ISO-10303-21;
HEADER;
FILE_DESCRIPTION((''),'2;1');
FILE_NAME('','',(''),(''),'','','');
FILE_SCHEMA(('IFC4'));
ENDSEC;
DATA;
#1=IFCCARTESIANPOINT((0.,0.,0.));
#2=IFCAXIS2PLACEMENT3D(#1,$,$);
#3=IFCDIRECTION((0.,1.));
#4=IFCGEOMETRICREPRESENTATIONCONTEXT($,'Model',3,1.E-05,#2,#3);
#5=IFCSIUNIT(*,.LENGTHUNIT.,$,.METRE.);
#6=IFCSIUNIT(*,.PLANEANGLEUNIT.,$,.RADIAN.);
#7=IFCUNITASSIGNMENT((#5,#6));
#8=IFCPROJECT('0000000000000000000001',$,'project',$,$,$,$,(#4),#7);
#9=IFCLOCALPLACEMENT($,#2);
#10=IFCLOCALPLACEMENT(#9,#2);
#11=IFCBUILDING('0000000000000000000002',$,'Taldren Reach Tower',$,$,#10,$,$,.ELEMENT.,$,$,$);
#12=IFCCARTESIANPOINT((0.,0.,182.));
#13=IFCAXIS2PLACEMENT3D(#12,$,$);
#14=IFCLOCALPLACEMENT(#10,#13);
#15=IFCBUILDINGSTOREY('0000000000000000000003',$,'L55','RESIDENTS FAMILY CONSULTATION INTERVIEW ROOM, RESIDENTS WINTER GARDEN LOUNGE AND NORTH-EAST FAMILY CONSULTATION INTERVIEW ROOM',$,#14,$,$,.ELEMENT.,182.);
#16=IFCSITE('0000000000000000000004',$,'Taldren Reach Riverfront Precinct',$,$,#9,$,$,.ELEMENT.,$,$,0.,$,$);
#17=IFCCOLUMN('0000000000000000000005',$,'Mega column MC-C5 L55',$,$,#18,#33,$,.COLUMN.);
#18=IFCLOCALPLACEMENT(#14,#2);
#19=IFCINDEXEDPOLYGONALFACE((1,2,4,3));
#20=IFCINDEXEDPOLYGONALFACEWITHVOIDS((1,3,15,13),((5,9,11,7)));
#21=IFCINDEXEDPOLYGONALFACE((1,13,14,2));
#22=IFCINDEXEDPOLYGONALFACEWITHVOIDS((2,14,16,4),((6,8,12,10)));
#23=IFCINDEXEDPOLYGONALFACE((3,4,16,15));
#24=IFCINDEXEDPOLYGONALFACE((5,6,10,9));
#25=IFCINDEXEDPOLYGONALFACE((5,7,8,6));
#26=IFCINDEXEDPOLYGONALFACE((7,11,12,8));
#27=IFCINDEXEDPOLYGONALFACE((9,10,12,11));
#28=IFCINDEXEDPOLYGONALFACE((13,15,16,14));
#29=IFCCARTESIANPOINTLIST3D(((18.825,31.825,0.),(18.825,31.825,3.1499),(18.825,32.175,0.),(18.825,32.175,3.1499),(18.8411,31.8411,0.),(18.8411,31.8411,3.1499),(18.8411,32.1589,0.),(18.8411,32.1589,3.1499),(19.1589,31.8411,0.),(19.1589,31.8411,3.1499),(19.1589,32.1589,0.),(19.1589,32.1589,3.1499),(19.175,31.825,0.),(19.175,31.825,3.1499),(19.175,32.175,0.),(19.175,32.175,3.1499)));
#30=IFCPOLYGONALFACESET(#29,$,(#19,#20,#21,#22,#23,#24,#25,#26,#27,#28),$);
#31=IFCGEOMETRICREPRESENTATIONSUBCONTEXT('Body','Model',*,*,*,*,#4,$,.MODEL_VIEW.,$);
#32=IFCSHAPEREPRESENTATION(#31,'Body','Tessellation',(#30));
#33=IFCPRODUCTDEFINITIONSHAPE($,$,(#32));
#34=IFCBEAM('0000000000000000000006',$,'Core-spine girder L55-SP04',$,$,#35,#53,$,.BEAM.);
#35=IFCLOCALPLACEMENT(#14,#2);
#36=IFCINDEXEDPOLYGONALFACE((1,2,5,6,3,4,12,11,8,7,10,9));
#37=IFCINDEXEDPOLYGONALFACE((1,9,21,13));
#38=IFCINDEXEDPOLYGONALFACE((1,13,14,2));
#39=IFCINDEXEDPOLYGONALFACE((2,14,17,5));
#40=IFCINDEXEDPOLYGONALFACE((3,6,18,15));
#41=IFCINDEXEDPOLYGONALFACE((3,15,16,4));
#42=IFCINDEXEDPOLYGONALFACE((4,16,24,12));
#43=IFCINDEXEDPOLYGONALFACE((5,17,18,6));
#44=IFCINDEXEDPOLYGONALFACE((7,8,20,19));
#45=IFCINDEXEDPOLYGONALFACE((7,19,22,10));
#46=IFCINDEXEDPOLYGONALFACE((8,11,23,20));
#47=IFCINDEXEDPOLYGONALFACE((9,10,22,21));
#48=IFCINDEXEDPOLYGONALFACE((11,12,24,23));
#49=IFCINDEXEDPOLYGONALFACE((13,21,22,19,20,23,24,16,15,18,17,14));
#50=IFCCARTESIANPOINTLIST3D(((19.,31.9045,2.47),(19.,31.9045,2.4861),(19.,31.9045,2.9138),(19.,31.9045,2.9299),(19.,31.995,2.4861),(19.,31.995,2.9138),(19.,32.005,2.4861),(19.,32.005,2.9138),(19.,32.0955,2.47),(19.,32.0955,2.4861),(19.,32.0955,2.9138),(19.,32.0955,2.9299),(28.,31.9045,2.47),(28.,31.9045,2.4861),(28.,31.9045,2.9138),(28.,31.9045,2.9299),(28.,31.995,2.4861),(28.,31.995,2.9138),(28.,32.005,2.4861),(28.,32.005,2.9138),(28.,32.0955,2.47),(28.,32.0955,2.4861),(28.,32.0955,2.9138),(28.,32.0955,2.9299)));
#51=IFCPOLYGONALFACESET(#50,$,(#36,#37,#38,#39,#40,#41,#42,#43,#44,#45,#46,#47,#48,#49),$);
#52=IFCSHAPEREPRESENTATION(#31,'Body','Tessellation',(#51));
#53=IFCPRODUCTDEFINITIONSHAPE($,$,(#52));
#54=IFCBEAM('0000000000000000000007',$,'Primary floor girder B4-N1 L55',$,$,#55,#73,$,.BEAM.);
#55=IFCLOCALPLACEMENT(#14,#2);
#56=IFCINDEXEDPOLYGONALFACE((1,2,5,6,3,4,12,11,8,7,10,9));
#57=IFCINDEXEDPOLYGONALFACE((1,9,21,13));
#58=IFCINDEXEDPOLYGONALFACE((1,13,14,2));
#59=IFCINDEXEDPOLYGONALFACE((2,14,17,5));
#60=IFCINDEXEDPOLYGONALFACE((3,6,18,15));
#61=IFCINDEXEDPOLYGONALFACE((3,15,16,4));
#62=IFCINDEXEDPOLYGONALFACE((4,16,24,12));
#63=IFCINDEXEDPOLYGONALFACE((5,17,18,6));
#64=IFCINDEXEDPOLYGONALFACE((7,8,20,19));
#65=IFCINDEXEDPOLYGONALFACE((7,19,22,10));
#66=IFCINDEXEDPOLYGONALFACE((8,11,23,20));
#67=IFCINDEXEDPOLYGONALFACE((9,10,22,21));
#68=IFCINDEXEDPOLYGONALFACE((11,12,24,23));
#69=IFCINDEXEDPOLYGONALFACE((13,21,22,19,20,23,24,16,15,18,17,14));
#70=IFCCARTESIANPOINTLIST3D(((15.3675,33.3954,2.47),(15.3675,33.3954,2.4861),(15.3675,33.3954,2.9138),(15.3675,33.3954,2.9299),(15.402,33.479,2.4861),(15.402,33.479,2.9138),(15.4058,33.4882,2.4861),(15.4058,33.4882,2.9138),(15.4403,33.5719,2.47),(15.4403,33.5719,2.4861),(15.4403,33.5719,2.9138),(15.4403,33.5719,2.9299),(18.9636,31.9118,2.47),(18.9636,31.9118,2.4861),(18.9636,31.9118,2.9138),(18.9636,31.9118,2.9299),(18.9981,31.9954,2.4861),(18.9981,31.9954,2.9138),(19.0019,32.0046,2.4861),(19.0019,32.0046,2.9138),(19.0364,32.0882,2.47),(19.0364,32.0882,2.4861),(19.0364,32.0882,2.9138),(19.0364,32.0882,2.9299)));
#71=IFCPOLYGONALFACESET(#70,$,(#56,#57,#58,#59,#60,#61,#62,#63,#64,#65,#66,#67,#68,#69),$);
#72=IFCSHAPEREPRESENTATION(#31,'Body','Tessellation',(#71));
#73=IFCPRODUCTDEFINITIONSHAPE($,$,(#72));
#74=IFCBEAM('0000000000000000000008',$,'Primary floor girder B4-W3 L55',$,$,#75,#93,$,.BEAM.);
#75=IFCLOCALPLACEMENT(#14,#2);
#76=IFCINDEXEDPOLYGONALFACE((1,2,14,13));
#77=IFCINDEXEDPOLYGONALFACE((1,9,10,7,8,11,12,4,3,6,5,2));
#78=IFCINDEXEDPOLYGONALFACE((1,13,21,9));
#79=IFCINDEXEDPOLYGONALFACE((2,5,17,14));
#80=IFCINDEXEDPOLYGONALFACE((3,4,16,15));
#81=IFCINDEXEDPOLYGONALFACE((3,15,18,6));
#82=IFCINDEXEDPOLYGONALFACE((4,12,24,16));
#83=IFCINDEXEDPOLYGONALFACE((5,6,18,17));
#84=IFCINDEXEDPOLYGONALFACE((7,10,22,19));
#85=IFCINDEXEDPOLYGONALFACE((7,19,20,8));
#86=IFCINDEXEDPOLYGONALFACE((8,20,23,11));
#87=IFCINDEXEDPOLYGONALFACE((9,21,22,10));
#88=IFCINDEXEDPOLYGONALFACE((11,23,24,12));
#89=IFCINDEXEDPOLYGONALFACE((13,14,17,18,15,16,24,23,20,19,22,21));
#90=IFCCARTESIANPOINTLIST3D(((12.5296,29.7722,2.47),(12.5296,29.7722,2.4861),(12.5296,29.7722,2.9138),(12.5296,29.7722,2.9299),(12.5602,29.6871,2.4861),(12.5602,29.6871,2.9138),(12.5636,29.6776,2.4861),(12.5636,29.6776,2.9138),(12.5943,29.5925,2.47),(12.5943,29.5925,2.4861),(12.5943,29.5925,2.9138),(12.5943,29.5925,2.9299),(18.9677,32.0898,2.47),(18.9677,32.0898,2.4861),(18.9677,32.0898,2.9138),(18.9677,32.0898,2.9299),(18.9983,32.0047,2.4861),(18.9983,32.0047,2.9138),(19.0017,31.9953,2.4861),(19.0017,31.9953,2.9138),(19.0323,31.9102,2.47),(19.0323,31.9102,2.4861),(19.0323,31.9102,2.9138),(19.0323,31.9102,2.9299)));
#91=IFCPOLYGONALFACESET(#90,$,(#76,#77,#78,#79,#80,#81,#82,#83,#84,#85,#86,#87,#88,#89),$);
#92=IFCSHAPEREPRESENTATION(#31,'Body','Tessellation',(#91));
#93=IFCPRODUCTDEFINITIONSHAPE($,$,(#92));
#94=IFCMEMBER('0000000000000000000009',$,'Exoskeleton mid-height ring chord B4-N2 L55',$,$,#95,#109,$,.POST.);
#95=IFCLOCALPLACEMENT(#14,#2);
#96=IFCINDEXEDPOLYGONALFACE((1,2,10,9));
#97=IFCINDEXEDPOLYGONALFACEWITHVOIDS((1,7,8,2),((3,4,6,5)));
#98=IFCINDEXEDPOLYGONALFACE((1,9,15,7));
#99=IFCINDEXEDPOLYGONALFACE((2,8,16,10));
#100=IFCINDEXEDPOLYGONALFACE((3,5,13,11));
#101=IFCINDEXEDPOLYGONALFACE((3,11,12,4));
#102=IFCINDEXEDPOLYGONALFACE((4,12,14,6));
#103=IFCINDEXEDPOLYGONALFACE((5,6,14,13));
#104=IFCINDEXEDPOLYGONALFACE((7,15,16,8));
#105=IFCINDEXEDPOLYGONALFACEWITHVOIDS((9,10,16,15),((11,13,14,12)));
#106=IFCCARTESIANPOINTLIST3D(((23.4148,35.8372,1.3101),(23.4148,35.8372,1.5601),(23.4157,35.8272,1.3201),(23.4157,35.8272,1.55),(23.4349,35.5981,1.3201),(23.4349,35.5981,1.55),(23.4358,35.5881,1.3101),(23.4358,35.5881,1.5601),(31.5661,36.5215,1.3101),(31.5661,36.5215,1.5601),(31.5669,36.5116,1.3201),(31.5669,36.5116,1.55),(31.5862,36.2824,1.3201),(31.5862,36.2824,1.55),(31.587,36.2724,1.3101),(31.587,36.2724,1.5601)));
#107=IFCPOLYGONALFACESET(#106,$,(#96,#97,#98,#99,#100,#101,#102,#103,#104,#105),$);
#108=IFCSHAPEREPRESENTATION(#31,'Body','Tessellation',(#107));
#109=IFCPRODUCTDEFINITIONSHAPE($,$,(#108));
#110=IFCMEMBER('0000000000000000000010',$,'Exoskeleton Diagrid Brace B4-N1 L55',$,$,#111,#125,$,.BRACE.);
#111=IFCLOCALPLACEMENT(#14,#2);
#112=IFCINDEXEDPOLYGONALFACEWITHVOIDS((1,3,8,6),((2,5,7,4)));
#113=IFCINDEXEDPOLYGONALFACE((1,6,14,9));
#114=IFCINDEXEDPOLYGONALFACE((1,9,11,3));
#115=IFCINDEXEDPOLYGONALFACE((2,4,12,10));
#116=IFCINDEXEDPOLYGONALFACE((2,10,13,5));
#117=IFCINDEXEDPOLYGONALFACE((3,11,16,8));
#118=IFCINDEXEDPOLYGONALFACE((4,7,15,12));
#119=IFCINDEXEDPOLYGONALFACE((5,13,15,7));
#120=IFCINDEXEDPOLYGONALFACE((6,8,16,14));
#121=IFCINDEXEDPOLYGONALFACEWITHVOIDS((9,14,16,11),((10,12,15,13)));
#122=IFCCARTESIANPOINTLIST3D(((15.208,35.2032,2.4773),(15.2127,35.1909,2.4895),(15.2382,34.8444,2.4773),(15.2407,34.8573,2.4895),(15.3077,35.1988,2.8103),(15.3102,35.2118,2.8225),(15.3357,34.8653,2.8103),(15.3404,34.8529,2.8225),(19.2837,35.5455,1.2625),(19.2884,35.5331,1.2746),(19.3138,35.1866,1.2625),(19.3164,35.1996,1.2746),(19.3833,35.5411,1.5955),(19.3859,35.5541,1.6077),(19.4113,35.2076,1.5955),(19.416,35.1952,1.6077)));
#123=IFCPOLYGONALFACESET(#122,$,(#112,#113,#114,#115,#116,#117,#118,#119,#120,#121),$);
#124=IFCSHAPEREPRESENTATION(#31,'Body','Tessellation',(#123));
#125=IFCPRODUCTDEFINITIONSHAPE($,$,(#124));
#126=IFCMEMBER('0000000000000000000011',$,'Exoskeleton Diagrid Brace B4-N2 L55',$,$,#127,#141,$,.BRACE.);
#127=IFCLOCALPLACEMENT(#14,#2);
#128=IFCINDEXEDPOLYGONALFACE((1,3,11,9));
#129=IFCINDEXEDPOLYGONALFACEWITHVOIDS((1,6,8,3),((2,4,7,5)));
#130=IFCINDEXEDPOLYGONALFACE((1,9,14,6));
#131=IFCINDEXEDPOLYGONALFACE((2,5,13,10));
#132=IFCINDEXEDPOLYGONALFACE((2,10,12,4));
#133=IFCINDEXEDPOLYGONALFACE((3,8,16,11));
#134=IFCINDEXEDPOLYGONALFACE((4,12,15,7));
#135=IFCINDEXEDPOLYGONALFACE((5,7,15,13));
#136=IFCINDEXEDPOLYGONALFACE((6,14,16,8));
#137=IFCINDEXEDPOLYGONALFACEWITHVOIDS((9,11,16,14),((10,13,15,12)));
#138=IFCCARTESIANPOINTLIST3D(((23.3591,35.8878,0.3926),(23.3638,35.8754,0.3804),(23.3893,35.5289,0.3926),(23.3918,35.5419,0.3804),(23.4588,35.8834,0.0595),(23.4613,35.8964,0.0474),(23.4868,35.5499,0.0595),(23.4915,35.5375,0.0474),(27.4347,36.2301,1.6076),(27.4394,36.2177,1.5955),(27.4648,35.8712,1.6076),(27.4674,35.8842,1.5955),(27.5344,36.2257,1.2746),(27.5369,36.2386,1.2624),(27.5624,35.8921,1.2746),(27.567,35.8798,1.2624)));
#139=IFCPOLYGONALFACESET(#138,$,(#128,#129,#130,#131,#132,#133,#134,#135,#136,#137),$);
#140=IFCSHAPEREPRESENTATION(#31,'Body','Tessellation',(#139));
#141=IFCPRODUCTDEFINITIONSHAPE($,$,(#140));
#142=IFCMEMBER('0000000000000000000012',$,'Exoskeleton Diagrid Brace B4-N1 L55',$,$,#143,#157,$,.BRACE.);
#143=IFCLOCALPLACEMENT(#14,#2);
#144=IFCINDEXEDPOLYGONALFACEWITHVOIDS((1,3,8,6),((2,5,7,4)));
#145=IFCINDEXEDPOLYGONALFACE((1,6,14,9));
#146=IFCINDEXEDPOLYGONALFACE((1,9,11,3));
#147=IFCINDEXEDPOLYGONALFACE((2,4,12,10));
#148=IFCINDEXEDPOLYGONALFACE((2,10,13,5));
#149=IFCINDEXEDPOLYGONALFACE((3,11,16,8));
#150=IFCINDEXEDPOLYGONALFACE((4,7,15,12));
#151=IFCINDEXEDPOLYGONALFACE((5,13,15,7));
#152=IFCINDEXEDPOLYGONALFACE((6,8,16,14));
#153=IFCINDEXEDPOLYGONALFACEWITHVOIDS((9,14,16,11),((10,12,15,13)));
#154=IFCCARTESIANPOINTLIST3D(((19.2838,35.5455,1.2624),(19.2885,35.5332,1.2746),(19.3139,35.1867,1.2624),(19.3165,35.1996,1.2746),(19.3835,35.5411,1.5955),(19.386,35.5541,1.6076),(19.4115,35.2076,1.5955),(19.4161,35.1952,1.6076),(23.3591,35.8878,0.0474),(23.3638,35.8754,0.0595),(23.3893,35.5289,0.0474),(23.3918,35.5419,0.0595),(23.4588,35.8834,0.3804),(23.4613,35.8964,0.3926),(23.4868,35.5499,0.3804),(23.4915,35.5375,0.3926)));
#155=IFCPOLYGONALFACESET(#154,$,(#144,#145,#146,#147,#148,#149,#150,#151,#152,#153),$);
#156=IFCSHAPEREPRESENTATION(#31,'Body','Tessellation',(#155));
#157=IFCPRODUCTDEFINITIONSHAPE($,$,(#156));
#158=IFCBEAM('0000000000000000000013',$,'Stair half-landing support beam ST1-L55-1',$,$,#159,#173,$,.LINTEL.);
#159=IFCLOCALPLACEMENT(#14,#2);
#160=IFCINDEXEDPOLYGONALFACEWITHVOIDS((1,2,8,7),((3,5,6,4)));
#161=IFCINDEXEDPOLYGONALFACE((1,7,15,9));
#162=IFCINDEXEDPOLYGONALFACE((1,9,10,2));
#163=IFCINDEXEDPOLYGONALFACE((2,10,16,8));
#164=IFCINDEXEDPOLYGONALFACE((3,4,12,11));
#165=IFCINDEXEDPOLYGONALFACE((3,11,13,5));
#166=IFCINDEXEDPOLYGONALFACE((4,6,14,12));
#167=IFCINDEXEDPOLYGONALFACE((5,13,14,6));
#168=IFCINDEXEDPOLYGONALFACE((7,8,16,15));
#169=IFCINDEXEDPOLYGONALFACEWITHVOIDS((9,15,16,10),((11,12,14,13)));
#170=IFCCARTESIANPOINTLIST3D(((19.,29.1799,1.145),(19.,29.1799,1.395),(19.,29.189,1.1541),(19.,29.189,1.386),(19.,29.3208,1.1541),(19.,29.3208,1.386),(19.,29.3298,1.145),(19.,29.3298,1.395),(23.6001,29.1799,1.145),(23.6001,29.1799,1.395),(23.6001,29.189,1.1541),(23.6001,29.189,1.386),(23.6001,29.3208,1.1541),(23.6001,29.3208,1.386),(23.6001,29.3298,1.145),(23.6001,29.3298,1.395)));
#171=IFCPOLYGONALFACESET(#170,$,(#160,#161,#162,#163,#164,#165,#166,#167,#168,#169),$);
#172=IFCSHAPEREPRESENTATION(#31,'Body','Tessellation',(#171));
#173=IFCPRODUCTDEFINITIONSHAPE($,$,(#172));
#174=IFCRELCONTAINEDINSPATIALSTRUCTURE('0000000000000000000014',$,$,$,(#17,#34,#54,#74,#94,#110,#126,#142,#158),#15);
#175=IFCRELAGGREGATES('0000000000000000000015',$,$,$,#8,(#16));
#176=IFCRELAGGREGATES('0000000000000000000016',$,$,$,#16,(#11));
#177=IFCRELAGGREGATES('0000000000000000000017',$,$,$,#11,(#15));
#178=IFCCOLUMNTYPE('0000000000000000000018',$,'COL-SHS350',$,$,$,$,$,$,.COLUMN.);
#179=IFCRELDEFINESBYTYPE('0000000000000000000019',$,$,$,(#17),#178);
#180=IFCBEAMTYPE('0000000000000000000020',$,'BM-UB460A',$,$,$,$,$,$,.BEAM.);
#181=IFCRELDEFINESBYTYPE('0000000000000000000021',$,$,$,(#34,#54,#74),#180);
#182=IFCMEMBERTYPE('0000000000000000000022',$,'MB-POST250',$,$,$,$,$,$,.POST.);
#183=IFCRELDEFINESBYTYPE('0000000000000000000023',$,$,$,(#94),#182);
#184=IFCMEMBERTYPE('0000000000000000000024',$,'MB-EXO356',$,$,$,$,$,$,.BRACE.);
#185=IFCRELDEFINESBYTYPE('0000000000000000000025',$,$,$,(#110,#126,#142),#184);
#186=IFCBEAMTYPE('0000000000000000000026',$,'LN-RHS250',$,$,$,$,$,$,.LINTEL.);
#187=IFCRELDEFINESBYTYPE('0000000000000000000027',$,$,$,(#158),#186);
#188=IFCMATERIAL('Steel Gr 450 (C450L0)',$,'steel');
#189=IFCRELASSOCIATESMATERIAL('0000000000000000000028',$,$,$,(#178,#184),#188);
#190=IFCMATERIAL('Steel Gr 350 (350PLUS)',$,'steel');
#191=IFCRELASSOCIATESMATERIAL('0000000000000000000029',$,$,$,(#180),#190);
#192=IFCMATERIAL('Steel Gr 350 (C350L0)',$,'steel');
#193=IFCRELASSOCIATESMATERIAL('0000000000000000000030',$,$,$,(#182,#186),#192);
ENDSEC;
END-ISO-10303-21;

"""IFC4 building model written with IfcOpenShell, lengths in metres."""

from ifc_helpers import new_model, si_unit, direction, frame, origin, origin_2d, place, context, subcontext, project, spatial, hollow_rectangle, i_section, extrude, source, transform, mapped, material, material_profile, profile_set, type_object, element, save


model = new_model("IFC4")

# Units and contexts
model_context = context("Model", 3, precision=1e-05, world=origin(), true_north=direction((0.0, 1.0)))
body_context = subcontext(model_context, "Body", "Model", "MODEL_VIEW")
ifc_project = project(units=[si_unit("LENGTHUNIT", "METRE"), si_unit("PLANEANGLEUNIT", "RADIAN")], contexts=[model_context])

# Site, building, storey
site_placement = place(None, origin())
site = spatial("IfcSite", under=ifc_project, at=site_placement, Name="Taldren Reach Riverfront Precinct", CompositionType="ELEMENT", RefElevation=0.0)
building_placement = place(site_placement, origin())
building = spatial("IfcBuilding", under=site, at=building_placement, Name="Taldren Reach Tower", CompositionType="ELEMENT")
storey_placement = place(building_placement, frame((0.0, 0.0, 182.0)))
storey = spatial("IfcBuildingStorey", under=building, at=storey_placement, Name="L55", Description="RESIDENTS FAMILY CONSULTATION INTERVIEW ROOM, RESIDENTS WINTER GARDEN LOUNGE AND NORTH-EAST FAMILY CONSULTATION INTERVIEW ROOM", CompositionType="ELEMENT", Elevation=182.0)

# Column
ifc_material_1 = material(Name="Steel Gr 450 (C450L0)", Category="steel")
ifc_material_profile_1 = material_profile(ifc_material_1, hollow_rectangle(XDim=0.3501, YDim=0.3501, WallThickness=0.0161, at=origin_2d()), Name="350x350x16.0SHS")
ifc_profile_set_1 = profile_set([ifc_material_profile_1], Name="Steel Gr 450 (C450L0)")
column_type = type_object("IfcColumnType", Name="COL-SHS350", PredefinedType="COLUMN", material=ifc_profile_set_1)
shared_shape_1 = source(origin(), body_context, "Body", "SweptSolid", [
    extrude(hollow_rectangle(XDim=0.3501, YDim=0.3501, WallThickness=0.0161, at=origin_2d()), origin(), (0.0, 0.0, 1.0), 3.1499),
])
column_placement = place(storey_placement, frame((19.0, 32.0, 0.0), z_axis=(0.0, 0.0, 1.0), x_axis=(1.0, 0.0, 0.0)))
element("IfcColumn", 1, at=column_placement, inside=storey, type_object=column_type, Name="Mega column MC-C5 L55", PredefinedType="COLUMN", context=body_context, shape_type="MappedRepresentation", body=[
    mapped(shared_shape_1, transform((0.0, 0.0, 0.0), scale=1.0)),
])

# Beams
ifc_material_2 = material(Name="Steel Gr 350 (350PLUS)", Category="steel")
ifc_material_profile_2 = material_profile(ifc_material_2, i_section(OverallWidth=0.1909, OverallDepth=0.46, WebThickness=0.01, FlangeThickness=0.0161, at=origin_2d()), Name="460UB82.1")
ifc_profile_set_2 = profile_set([ifc_material_profile_2], Name="Steel Gr 350 (350PLUS)")
beam_type_1 = type_object("IfcBeamType", Name="BM-UB460A", PredefinedType="BEAM", material=ifc_profile_set_2)
shared_shape_2 = source(origin(), body_context, "Body", "SweptSolid", [
    extrude(i_section(OverallWidth=0.1909, OverallDepth=0.46, WebThickness=0.01, FlangeThickness=0.0161, at=origin_2d()), origin(), (0.0, 0.0, 1.0), 9.0),
])
beam_1_placement = place(storey_placement, frame((19.0, 32.0, 2.7), z_axis=(1.0, 0.0, 0.0), x_axis=(0.0, 1.0, 0.0)))
element("IfcBeam", 2, at=beam_1_placement, inside=storey, type_object=beam_type_1, Name="Core-spine girder L55-SP04", PredefinedType="BEAM", context=body_context, shape_type="MappedRepresentation", body=[
    mapped(shared_shape_2, transform((0.0, 0.0, 0.0), scale=1.0)),
])
shared_shape_3 = source(origin(), body_context, "Body", "SweptSolid", [
    extrude(i_section(OverallWidth=0.1909, OverallDepth=0.46, WebThickness=0.01, FlangeThickness=0.0161, at=origin_2d()), origin(), (0.0, 0.0, 1.0), 3.8901),
])
beam_2_placement = place(storey_placement, frame((19.0, 32.0, 2.7), z_axis=(-0.924419, 0.381378, 0.0), x_axis=(-0.381378, -0.924419, 0.0)))
element("IfcBeam", 3, at=beam_2_placement, inside=storey, type_object=beam_type_1, Name="Primary floor girder B4-N1 L55", PredefinedType="BEAM", context=body_context, shape_type="MappedRepresentation", body=[
    mapped(shared_shape_3, transform((0.0, 0.0, 0.0), scale=1.0)),
])
shared_shape_4 = source(origin(), body_context, "Body", "SweptSolid", [
    extrude(i_section(OverallWidth=0.1909, OverallDepth=0.46, WebThickness=0.01, FlangeThickness=0.0161, at=origin_2d()), origin(), (0.0, 0.0, 1.0), 6.8425),
])
beam_3_placement = place(storey_placement, frame((19.0, 32.0, 2.7), z_axis=(-0.94089, -0.338713, 0.0), x_axis=(0.338713, -0.94089, 0.0)))
element("IfcBeam", 4, at=beam_3_placement, inside=storey, type_object=beam_type_1, Name="Primary floor girder B4-W3 L55", PredefinedType="BEAM", context=body_context, shape_type="MappedRepresentation", body=[
    mapped(shared_shape_4, transform((0.0, 0.0, 0.0), scale=1.0)),
])

# Members
ifc_material_3 = material(Name="Steel Gr 350 (C350L0)", Category="steel")
ifc_material_profile_3 = material_profile(ifc_material_3, hollow_rectangle(XDim=0.25, YDim=0.25, WallThickness=0.01, at=origin_2d()), Name="250x250x10.0SHS")
ifc_profile_set_3 = profile_set([ifc_material_profile_3], Name="Steel Gr 350 (C350L0)")
member_type_1 = type_object("IfcMemberType", Name="MB-POST250", PredefinedType="POST", material=ifc_profile_set_3)
shared_shape_5 = source(origin(), body_context, "Body", "SweptSolid", [
    extrude(hollow_rectangle(XDim=0.25, YDim=0.25, WallThickness=0.01, at=origin_2d()), origin(), (0.0, 0.0, 1.0), 8.1799),
])
member_1_placement = place(storey_placement, frame((23.4253, 35.7126, 1.4351), z_axis=(0.996495, 0.083658, 0.0), x_axis=(-0.083658, 0.996495, 0.0)))
element("IfcMember", 5, at=member_1_placement, inside=storey, type_object=member_type_1, Name="Exoskeleton mid-height ring chord B4-N2 L55", PredefinedType="POST", context=body_context, shape_type="MappedRepresentation", body=[
    mapped(shared_shape_5, transform((0.0, 0.0, 0.0), scale=1.0)),
])
ifc_material_profile_4 = material_profile(ifc_material_1, hollow_rectangle(XDim=0.3601, YDim=0.3601, WallThickness=0.0127, at=origin_2d()), Name="360x360x12.7SHS")
ifc_profile_set_4 = profile_set([ifc_material_profile_4], Name="Steel Gr 450 (C450L0)")
member_type_2 = type_object("IfcMemberType", Name="MB-EXO356", PredefinedType="BRACE", material=ifc_profile_set_4)
shared_shape_6 = source(origin(), body_context, "Body", "SweptSolid", [
    extrude(hollow_rectangle(XDim=0.3601, YDim=0.3601, WallThickness=0.0127, at=origin_2d()), origin(), (0.0, 0.0, 1.0), 4.2666),
])
for number, where, z_axis, x_axis, name in (
    (6, (19.3499, 35.3704, 1.4351), (-0.955245, -0.080224, 0.284731), (0.083688, -0.996492, 0.0), "Exoskeleton Diagrid Brace B4-N1 L55"),
    (7, (23.4253, 35.7126, 0.22), (0.955229, 0.080222, 0.284783), (-0.083688, 0.996492, 0.0), "Exoskeleton Diagrid Brace B4-N2 L55"),
):
    element("IfcMember", number, at=place(storey_placement, frame(where, z_axis=z_axis, x_axis=x_axis)), inside=storey, type_object=member_type_2, Name=name, PredefinedType="BRACE", context=body_context, shape_type="MappedRepresentation", body=[
        mapped(shared_shape_6, transform((0.0, 0.0, 0.0), scale=1.0)),
    ])
shared_shape_7 = source(origin(), body_context, "Body", "SweptSolid", [
    extrude(hollow_rectangle(XDim=0.3601, YDim=0.3601, WallThickness=0.0127, at=origin_2d()), origin(), (0.0, 0.0, 1.0), 4.2664),
])
member_2_placement = place(storey_placement, frame((23.4253, 35.7126, 0.22), z_axis=(-0.955224, -0.080227, 0.284799), x_axis=(0.083693, -0.996492, 0.0)))
element("IfcMember", 8, at=member_2_placement, inside=storey, type_object=member_type_2, Name="Exoskeleton Diagrid Brace B4-N1 L55", PredefinedType="BRACE", context=body_context, shape_type="MappedRepresentation", body=[
    mapped(shared_shape_7, transform((0.0, 0.0, 0.0), scale=1.0)),
])

# Beam
ifc_material_profile_5 = material_profile(ifc_material_3, hollow_rectangle(XDim=0.1499, YDim=0.25, WallThickness=0.009, at=origin_2d()), Name="250x150x9.0RHS")
ifc_profile_set_5 = profile_set([ifc_material_profile_5], Name="Steel Gr 350 (C350L0)")
beam_type_2 = type_object("IfcBeamType", Name="LN-RHS250", PredefinedType="LINTEL", material=ifc_profile_set_5)
shared_shape_8 = source(origin(), body_context, "Body", "SweptSolid", [
    extrude(hollow_rectangle(XDim=0.1499, YDim=0.25, WallThickness=0.009, at=origin_2d()), origin(), (0.0, 0.0, 1.0), 4.6001),
])
for number, where, z_axis, x_axis, name in (
    (9, (19.0, 29.2549, 1.27), (1.0, 0.0, 0.0), (0.0, 1.0, 0.0), "Stair half-landing support beam ST1-L55-1"),
):
    element("IfcBeam", number, at=place(storey_placement, frame(where, z_axis=z_axis, x_axis=x_axis)), inside=storey, type_object=beam_type_2, Name=name, PredefinedType="LINTEL", context=body_context, shape_type="MappedRepresentation", body=[
        mapped(shared_shape_8, transform((0.0, 0.0, 0.0), scale=1.0)),
    ])

save(model, "model.ifc")
